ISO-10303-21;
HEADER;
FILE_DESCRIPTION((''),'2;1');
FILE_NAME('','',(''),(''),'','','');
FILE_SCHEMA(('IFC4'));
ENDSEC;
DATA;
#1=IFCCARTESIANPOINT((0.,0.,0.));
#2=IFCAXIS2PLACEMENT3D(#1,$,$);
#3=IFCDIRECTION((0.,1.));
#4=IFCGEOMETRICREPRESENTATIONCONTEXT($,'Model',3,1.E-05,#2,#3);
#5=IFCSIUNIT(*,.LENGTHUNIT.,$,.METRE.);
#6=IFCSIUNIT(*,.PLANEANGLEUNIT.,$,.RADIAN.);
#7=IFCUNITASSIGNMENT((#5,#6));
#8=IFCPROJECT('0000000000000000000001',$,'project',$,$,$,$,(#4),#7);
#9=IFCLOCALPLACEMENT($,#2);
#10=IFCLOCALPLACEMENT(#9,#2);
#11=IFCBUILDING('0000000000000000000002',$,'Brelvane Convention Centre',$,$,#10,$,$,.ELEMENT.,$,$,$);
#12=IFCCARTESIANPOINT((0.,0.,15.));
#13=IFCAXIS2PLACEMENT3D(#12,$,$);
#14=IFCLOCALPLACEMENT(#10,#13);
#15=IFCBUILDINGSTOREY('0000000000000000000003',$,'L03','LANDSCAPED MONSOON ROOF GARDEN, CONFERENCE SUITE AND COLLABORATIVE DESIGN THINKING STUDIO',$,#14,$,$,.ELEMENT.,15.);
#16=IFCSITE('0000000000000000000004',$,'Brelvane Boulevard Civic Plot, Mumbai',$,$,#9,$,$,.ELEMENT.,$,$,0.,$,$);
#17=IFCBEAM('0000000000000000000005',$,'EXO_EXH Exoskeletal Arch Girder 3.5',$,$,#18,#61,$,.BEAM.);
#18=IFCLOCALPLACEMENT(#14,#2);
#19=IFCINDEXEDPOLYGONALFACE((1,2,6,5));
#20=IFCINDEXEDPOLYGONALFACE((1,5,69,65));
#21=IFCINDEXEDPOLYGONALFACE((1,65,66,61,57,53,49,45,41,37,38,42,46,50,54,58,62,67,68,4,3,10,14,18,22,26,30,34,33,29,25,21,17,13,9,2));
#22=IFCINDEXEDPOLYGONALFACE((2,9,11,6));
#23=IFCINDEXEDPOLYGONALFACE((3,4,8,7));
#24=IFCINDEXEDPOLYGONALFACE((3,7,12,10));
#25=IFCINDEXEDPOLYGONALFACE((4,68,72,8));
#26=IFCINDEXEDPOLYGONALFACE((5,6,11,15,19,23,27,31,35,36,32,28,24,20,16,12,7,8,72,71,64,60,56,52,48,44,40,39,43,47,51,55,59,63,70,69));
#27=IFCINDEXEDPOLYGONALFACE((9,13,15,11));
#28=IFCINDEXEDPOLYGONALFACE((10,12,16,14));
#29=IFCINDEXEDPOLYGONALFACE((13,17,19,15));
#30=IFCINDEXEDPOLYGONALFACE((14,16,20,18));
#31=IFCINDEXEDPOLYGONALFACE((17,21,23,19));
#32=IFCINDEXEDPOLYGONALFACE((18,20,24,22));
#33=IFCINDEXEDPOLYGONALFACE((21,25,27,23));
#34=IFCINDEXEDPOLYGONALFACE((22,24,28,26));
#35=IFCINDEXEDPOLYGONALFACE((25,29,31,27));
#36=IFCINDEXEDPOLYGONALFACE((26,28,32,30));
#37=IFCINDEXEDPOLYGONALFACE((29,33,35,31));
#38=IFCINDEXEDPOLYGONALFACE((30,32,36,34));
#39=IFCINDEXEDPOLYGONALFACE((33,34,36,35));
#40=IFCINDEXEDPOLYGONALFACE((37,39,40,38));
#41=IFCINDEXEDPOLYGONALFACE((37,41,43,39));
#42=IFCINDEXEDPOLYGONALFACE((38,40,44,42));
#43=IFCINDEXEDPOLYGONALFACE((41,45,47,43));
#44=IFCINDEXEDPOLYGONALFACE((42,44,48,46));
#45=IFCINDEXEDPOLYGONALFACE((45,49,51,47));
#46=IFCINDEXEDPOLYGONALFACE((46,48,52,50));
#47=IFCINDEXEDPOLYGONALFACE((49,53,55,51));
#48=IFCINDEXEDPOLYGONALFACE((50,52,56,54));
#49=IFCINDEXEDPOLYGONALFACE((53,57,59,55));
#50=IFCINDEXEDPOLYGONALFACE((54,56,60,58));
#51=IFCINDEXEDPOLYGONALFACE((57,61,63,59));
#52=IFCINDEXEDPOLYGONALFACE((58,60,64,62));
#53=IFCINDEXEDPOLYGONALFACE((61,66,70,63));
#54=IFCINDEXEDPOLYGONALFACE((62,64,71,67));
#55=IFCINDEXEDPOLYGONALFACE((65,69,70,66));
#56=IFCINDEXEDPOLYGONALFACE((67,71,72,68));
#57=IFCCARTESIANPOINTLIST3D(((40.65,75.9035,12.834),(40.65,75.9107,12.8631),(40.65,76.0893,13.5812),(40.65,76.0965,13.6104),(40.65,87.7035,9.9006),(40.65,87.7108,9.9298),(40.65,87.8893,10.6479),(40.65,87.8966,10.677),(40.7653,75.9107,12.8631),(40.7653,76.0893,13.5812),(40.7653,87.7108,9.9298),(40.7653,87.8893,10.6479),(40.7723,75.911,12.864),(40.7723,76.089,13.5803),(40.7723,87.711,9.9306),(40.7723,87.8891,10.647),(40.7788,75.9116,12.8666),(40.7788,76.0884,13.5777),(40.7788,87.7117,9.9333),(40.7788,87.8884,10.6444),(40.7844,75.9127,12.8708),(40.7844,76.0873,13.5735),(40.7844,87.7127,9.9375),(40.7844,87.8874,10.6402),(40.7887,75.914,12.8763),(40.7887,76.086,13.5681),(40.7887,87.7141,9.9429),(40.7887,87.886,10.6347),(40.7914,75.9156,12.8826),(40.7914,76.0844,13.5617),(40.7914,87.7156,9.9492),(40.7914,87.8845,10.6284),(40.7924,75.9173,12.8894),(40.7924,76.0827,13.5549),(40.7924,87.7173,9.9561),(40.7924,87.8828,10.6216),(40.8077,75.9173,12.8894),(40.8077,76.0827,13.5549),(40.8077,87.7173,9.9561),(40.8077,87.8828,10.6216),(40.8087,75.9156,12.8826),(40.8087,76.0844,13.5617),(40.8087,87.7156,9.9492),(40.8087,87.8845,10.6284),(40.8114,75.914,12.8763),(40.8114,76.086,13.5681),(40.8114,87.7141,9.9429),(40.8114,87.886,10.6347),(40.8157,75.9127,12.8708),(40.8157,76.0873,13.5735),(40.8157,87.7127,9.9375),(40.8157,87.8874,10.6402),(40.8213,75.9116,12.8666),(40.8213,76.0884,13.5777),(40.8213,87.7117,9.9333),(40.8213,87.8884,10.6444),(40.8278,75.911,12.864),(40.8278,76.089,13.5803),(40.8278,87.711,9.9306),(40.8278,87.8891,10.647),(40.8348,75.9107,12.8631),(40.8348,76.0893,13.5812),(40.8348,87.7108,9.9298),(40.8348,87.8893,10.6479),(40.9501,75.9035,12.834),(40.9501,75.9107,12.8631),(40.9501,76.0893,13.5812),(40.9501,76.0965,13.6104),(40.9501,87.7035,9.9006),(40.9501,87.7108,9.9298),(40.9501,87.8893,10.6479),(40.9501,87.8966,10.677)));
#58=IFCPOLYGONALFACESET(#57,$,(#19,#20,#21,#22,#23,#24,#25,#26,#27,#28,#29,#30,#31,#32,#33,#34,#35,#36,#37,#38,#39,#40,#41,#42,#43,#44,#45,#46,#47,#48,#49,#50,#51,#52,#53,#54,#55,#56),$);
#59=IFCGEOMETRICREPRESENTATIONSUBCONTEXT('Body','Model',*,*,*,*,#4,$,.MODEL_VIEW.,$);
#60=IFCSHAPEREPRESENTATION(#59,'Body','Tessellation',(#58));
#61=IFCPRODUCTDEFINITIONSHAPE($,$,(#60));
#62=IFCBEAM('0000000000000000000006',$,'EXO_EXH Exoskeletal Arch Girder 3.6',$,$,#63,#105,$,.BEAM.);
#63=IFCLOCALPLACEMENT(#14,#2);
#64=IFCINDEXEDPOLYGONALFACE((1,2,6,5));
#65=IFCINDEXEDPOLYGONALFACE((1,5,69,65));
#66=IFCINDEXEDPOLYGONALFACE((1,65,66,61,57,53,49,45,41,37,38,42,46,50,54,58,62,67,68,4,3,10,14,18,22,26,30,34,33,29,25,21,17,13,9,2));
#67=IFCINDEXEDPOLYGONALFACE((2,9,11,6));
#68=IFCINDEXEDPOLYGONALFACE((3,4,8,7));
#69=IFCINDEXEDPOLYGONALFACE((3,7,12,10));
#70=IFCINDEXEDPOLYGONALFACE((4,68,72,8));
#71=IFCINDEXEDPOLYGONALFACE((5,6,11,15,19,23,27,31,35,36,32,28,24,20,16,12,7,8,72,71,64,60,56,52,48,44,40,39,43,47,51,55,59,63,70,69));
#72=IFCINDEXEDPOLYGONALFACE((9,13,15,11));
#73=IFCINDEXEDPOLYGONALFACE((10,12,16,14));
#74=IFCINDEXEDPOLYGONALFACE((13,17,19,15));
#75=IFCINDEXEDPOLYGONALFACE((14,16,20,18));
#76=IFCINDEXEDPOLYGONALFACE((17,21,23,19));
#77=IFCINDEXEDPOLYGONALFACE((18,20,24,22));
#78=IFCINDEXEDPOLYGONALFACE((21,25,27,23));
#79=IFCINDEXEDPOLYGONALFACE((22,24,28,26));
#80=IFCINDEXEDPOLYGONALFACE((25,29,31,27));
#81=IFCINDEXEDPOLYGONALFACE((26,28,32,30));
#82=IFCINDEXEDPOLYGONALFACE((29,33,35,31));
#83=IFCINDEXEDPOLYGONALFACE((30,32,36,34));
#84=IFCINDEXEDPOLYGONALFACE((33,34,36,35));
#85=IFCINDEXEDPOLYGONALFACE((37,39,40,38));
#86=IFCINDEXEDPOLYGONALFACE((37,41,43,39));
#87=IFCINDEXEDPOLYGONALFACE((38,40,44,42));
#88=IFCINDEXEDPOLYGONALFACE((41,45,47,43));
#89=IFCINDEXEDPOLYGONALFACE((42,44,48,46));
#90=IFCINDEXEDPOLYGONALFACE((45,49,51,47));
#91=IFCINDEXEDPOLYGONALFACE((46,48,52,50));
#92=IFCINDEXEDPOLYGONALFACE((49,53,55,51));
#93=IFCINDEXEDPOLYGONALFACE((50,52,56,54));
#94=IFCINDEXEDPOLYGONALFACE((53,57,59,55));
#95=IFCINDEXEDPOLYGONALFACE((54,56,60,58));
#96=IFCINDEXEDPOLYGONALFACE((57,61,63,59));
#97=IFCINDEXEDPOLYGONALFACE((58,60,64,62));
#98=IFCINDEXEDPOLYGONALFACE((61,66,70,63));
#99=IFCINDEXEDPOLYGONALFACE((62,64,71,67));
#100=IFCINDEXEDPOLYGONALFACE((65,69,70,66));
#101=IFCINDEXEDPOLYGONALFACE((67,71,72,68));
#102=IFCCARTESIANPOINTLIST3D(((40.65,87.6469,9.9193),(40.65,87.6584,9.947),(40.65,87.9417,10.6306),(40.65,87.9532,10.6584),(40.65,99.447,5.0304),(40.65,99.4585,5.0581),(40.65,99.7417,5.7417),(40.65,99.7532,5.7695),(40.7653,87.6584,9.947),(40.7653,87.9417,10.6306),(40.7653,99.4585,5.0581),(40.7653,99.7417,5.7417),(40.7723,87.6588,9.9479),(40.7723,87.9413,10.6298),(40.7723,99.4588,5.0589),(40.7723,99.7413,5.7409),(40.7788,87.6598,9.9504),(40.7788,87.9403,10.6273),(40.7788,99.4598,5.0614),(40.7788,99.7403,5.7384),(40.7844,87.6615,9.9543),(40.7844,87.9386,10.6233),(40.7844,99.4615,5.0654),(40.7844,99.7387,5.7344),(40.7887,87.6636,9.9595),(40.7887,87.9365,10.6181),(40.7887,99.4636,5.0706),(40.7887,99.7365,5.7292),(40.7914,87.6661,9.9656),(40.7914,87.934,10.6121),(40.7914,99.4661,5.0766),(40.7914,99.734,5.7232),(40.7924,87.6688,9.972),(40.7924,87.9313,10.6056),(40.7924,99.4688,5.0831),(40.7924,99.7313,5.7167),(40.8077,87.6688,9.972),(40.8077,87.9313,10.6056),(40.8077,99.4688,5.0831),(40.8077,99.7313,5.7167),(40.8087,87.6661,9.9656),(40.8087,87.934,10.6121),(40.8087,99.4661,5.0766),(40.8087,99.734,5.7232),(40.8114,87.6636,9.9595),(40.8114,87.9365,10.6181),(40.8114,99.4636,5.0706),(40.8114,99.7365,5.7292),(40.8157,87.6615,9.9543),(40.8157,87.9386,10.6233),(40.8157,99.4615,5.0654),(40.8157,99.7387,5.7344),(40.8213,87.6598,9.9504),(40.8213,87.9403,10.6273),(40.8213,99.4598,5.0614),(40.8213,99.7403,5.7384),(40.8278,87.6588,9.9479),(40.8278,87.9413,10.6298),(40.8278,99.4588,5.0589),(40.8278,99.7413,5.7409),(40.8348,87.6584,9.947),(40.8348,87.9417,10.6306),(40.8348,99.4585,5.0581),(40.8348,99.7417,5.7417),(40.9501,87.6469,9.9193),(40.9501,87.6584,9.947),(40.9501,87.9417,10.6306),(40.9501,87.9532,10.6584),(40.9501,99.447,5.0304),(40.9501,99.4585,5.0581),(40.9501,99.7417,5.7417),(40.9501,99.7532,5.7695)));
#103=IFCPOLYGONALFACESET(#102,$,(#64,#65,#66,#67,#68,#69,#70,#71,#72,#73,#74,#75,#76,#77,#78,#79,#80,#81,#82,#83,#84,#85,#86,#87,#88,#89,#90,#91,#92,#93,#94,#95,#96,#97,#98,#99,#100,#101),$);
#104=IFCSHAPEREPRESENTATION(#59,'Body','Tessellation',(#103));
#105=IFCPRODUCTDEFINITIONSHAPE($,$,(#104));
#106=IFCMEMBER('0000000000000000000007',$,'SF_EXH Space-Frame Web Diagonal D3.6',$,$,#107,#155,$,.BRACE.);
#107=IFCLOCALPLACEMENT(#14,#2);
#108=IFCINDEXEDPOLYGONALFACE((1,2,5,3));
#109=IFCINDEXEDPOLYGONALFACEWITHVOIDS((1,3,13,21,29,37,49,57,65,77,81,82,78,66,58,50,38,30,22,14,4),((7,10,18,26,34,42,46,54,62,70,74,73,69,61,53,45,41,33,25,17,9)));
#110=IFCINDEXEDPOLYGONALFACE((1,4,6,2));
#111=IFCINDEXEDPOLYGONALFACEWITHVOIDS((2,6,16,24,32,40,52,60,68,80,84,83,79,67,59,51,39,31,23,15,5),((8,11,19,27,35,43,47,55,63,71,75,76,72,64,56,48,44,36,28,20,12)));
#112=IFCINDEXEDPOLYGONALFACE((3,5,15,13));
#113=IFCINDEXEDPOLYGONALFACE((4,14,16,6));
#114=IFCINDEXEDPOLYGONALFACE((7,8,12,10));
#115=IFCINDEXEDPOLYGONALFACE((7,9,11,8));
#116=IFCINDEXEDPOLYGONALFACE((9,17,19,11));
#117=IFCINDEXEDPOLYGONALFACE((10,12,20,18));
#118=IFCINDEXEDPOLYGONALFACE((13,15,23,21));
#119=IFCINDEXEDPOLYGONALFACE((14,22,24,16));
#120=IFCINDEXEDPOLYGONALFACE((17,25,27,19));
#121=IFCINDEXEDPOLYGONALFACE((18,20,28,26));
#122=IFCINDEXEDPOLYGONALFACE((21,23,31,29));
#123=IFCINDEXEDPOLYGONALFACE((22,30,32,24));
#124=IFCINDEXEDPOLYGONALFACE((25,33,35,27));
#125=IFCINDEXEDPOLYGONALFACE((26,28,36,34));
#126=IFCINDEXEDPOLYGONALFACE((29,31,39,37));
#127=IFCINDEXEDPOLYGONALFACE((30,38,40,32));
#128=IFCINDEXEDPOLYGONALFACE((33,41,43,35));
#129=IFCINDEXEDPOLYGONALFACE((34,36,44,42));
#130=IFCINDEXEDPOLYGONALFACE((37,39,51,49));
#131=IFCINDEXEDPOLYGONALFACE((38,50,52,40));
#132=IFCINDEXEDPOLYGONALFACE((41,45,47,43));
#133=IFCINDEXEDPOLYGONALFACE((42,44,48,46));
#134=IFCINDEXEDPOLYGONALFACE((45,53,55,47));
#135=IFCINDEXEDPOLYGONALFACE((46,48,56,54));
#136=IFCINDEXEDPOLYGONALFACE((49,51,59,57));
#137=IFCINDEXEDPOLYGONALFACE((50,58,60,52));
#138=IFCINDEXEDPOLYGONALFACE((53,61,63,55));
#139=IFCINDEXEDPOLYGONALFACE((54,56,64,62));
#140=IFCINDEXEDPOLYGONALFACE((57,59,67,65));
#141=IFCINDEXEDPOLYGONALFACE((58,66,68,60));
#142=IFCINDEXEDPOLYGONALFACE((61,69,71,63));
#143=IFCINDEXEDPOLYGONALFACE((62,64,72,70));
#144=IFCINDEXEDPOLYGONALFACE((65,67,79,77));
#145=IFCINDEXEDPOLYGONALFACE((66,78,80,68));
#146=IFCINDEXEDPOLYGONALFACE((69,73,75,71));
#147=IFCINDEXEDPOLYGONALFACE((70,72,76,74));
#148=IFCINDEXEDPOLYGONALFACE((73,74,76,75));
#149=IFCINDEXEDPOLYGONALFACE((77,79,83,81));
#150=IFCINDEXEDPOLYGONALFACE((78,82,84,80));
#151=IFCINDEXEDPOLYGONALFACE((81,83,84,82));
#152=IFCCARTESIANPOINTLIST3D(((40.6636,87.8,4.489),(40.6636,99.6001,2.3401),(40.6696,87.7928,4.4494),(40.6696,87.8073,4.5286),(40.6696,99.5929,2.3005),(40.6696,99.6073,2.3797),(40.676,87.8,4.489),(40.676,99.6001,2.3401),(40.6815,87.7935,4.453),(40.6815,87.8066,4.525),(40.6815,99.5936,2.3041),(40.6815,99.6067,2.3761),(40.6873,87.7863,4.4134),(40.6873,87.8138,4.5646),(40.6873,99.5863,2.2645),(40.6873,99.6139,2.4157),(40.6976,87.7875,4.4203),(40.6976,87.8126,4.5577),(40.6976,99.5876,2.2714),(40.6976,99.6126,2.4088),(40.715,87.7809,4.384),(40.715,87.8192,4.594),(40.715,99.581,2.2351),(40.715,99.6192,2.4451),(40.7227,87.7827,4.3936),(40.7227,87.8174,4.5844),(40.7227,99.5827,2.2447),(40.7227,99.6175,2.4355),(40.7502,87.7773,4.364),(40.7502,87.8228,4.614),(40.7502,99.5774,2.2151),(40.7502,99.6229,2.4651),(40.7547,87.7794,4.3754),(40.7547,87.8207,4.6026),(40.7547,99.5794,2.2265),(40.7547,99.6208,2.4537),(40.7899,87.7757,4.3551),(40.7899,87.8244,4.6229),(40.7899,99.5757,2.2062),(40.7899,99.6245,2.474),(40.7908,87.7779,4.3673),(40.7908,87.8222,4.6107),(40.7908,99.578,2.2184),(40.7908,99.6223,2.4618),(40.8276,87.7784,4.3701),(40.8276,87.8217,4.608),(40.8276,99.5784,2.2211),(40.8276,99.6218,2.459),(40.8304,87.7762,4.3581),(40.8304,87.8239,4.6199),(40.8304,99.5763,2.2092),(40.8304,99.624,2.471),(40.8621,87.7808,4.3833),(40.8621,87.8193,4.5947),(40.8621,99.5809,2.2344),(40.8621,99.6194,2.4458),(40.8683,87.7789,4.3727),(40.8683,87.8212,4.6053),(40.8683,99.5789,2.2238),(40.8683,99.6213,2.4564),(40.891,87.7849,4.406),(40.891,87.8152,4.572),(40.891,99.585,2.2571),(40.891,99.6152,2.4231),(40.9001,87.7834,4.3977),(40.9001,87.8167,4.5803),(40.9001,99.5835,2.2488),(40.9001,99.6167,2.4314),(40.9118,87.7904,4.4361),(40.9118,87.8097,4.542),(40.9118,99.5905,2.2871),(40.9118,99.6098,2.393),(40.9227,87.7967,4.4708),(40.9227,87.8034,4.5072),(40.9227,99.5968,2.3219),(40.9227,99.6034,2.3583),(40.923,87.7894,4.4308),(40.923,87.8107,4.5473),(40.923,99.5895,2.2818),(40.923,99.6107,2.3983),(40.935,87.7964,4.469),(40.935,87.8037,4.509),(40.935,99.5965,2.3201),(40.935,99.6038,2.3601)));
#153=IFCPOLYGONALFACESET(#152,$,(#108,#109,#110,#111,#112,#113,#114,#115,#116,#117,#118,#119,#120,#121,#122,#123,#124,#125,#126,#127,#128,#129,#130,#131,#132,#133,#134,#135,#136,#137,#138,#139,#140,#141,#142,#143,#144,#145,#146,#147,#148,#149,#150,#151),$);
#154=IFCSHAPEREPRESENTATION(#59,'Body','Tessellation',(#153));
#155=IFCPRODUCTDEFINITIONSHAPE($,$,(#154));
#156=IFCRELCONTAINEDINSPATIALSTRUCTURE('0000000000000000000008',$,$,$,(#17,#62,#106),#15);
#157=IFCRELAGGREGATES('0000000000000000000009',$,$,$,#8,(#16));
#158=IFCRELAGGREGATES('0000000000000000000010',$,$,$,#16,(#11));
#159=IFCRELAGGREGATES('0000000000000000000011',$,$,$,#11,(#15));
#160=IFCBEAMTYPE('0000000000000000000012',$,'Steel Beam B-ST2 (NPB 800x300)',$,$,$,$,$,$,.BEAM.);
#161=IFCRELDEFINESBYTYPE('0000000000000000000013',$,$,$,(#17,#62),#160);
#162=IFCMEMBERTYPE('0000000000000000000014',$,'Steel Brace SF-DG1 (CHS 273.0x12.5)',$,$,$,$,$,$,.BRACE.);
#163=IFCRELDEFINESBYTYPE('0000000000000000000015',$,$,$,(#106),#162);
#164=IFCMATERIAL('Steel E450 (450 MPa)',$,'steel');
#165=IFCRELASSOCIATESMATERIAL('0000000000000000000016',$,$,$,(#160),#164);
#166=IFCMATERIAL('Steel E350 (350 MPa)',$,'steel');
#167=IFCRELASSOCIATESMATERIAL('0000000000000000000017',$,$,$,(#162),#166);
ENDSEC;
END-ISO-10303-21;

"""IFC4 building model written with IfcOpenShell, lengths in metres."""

from ifc_helpers import new_model, si_unit, direction, frame, origin, origin_2d, place, context, subcontext, project, spatial, hollow_circle, i_section, extrude, material, material_profile, profile_set, type_object, element, save


model = new_model("IFC4")

# Units and contexts
model_context = context("Model", 3, precision=1e-05, world=origin(), true_north=direction((0.0, 1.0)))
body_context = subcontext(model_context, "Body", "Model", "MODEL_VIEW")
ifc_project = project(units=[si_unit("LENGTHUNIT", "METRE"), si_unit("PLANEANGLEUNIT", "RADIAN")], contexts=[model_context])

# Site, building, storey
site_placement = place(None, origin())
site = spatial("IfcSite", under=ifc_project, at=site_placement, Name="Brelvane Boulevard Civic Plot, Mumbai", CompositionType="ELEMENT", RefElevation=0.0)
building_placement = place(site_placement, origin())
building = spatial("IfcBuilding", under=site, at=building_placement, Name="Brelvane Convention Centre", CompositionType="ELEMENT")
storey_placement = place(building_placement, frame((0.0, 0.0, 15.0)))
storey = spatial("IfcBuildingStorey", under=building, at=storey_placement, Name="L03", Description="LANDSCAPED MONSOON ROOF GARDEN, CONFERENCE SUITE AND COLLABORATIVE DESIGN THINKING STUDIO", CompositionType="ELEMENT", Elevation=15.0)

# Beams
ifc_material_1 = material(Name="Steel E450 (450 MPa)", Category="steel")
ifc_material_profile_1 = material_profile(ifc_material_1, i_section(OverallWidth=0.3, OverallDepth=0.8, WebThickness=0.0154, FlangeThickness=0.03, FilletRadius=0.0271, at=origin_2d()), Name="NPB 800x300")
ifc_profile_set_1 = profile_set([ifc_material_profile_1], Name="Steel E450 (450 MPa)")
beam_type = type_object("IfcBeamType", Name="Steel Beam B-ST2 (NPB 800x300)", PredefinedType="BEAM", material=ifc_profile_set_1)
beam_1_placement = place(storey_placement, frame((40.8, 76.0, 13.2222), z_axis=(0.0, 0.970464, -0.241246), x_axis=(-1.0, 0.0, 0.0)))
element("IfcBeam", 1, at=beam_1_placement, inside=storey, type_object=beam_type, Name="EXO_EXH Exoskeletal Arch Girder 3.5", PredefinedType="BEAM", context=body_context, shape_type="SweptSolid", body=[
    extrude(i_section(OverallWidth=0.3, OverallDepth=0.8, WebThickness=0.0154, FlangeThickness=0.03, FilletRadius=0.0271, at=origin_2d()), origin(), (0.0, 0.0, 1.0), 12.1592),
])
beam_2_placement = place(storey_placement, frame((40.8, 87.8, 10.2888), z_axis=(0.0, 0.923847, -0.382762), x_axis=(-1.0, 0.0, 0.0)))
element("IfcBeam", 2, at=beam_2_placement, inside=storey, type_object=beam_type, Name="EXO_EXH Exoskeletal Arch Girder 3.6", PredefinedType="BEAM", context=body_context, shape_type="SweptSolid", body=[
    extrude(i_section(OverallWidth=0.3, OverallDepth=0.8, WebThickness=0.0154, FlangeThickness=0.03, FilletRadius=0.0271, at=origin_2d()), origin(), (0.0, 0.0, 1.0), 12.7727),
])

# Member
ifc_material_2 = material(Name="Steel E350 (350 MPa)", Category="steel")
ifc_material_profile_2 = material_profile(ifc_material_2, hollow_circle(Radius=0.1365, WallThickness=0.0125, at=origin_2d()), Name="CHS 273.0x12.5")
ifc_profile_set_2 = profile_set([ifc_material_profile_2], Name="Steel E350 (350 MPa)")
member_type_1 = type_object("IfcMemberType", Name="Steel Brace SF-DG1 (CHS 273.0x12.5)", PredefinedType="BRACE", material=ifc_profile_set_2)
member_1_placement = place(storey_placement, frame((40.8, 87.8, 4.489), z_axis=(0.0, 0.983819, -0.179165), x_axis=(-1.0, 0.0, 0.0)))
element("IfcMember", 3, at=member_1_placement, inside=storey, type_object=member_type_1, Name="SF_EXH Space-Frame Web Diagonal D3.6", PredefinedType="BRACE", context=body_context, shape_type="SweptSolid", body=[
    extrude(hollow_circle(Radius=0.1365, WallThickness=0.0125, at=origin_2d()), origin(), (0.0, 0.0, 1.0), 11.9941),
])

save(model, "model.ifc")
